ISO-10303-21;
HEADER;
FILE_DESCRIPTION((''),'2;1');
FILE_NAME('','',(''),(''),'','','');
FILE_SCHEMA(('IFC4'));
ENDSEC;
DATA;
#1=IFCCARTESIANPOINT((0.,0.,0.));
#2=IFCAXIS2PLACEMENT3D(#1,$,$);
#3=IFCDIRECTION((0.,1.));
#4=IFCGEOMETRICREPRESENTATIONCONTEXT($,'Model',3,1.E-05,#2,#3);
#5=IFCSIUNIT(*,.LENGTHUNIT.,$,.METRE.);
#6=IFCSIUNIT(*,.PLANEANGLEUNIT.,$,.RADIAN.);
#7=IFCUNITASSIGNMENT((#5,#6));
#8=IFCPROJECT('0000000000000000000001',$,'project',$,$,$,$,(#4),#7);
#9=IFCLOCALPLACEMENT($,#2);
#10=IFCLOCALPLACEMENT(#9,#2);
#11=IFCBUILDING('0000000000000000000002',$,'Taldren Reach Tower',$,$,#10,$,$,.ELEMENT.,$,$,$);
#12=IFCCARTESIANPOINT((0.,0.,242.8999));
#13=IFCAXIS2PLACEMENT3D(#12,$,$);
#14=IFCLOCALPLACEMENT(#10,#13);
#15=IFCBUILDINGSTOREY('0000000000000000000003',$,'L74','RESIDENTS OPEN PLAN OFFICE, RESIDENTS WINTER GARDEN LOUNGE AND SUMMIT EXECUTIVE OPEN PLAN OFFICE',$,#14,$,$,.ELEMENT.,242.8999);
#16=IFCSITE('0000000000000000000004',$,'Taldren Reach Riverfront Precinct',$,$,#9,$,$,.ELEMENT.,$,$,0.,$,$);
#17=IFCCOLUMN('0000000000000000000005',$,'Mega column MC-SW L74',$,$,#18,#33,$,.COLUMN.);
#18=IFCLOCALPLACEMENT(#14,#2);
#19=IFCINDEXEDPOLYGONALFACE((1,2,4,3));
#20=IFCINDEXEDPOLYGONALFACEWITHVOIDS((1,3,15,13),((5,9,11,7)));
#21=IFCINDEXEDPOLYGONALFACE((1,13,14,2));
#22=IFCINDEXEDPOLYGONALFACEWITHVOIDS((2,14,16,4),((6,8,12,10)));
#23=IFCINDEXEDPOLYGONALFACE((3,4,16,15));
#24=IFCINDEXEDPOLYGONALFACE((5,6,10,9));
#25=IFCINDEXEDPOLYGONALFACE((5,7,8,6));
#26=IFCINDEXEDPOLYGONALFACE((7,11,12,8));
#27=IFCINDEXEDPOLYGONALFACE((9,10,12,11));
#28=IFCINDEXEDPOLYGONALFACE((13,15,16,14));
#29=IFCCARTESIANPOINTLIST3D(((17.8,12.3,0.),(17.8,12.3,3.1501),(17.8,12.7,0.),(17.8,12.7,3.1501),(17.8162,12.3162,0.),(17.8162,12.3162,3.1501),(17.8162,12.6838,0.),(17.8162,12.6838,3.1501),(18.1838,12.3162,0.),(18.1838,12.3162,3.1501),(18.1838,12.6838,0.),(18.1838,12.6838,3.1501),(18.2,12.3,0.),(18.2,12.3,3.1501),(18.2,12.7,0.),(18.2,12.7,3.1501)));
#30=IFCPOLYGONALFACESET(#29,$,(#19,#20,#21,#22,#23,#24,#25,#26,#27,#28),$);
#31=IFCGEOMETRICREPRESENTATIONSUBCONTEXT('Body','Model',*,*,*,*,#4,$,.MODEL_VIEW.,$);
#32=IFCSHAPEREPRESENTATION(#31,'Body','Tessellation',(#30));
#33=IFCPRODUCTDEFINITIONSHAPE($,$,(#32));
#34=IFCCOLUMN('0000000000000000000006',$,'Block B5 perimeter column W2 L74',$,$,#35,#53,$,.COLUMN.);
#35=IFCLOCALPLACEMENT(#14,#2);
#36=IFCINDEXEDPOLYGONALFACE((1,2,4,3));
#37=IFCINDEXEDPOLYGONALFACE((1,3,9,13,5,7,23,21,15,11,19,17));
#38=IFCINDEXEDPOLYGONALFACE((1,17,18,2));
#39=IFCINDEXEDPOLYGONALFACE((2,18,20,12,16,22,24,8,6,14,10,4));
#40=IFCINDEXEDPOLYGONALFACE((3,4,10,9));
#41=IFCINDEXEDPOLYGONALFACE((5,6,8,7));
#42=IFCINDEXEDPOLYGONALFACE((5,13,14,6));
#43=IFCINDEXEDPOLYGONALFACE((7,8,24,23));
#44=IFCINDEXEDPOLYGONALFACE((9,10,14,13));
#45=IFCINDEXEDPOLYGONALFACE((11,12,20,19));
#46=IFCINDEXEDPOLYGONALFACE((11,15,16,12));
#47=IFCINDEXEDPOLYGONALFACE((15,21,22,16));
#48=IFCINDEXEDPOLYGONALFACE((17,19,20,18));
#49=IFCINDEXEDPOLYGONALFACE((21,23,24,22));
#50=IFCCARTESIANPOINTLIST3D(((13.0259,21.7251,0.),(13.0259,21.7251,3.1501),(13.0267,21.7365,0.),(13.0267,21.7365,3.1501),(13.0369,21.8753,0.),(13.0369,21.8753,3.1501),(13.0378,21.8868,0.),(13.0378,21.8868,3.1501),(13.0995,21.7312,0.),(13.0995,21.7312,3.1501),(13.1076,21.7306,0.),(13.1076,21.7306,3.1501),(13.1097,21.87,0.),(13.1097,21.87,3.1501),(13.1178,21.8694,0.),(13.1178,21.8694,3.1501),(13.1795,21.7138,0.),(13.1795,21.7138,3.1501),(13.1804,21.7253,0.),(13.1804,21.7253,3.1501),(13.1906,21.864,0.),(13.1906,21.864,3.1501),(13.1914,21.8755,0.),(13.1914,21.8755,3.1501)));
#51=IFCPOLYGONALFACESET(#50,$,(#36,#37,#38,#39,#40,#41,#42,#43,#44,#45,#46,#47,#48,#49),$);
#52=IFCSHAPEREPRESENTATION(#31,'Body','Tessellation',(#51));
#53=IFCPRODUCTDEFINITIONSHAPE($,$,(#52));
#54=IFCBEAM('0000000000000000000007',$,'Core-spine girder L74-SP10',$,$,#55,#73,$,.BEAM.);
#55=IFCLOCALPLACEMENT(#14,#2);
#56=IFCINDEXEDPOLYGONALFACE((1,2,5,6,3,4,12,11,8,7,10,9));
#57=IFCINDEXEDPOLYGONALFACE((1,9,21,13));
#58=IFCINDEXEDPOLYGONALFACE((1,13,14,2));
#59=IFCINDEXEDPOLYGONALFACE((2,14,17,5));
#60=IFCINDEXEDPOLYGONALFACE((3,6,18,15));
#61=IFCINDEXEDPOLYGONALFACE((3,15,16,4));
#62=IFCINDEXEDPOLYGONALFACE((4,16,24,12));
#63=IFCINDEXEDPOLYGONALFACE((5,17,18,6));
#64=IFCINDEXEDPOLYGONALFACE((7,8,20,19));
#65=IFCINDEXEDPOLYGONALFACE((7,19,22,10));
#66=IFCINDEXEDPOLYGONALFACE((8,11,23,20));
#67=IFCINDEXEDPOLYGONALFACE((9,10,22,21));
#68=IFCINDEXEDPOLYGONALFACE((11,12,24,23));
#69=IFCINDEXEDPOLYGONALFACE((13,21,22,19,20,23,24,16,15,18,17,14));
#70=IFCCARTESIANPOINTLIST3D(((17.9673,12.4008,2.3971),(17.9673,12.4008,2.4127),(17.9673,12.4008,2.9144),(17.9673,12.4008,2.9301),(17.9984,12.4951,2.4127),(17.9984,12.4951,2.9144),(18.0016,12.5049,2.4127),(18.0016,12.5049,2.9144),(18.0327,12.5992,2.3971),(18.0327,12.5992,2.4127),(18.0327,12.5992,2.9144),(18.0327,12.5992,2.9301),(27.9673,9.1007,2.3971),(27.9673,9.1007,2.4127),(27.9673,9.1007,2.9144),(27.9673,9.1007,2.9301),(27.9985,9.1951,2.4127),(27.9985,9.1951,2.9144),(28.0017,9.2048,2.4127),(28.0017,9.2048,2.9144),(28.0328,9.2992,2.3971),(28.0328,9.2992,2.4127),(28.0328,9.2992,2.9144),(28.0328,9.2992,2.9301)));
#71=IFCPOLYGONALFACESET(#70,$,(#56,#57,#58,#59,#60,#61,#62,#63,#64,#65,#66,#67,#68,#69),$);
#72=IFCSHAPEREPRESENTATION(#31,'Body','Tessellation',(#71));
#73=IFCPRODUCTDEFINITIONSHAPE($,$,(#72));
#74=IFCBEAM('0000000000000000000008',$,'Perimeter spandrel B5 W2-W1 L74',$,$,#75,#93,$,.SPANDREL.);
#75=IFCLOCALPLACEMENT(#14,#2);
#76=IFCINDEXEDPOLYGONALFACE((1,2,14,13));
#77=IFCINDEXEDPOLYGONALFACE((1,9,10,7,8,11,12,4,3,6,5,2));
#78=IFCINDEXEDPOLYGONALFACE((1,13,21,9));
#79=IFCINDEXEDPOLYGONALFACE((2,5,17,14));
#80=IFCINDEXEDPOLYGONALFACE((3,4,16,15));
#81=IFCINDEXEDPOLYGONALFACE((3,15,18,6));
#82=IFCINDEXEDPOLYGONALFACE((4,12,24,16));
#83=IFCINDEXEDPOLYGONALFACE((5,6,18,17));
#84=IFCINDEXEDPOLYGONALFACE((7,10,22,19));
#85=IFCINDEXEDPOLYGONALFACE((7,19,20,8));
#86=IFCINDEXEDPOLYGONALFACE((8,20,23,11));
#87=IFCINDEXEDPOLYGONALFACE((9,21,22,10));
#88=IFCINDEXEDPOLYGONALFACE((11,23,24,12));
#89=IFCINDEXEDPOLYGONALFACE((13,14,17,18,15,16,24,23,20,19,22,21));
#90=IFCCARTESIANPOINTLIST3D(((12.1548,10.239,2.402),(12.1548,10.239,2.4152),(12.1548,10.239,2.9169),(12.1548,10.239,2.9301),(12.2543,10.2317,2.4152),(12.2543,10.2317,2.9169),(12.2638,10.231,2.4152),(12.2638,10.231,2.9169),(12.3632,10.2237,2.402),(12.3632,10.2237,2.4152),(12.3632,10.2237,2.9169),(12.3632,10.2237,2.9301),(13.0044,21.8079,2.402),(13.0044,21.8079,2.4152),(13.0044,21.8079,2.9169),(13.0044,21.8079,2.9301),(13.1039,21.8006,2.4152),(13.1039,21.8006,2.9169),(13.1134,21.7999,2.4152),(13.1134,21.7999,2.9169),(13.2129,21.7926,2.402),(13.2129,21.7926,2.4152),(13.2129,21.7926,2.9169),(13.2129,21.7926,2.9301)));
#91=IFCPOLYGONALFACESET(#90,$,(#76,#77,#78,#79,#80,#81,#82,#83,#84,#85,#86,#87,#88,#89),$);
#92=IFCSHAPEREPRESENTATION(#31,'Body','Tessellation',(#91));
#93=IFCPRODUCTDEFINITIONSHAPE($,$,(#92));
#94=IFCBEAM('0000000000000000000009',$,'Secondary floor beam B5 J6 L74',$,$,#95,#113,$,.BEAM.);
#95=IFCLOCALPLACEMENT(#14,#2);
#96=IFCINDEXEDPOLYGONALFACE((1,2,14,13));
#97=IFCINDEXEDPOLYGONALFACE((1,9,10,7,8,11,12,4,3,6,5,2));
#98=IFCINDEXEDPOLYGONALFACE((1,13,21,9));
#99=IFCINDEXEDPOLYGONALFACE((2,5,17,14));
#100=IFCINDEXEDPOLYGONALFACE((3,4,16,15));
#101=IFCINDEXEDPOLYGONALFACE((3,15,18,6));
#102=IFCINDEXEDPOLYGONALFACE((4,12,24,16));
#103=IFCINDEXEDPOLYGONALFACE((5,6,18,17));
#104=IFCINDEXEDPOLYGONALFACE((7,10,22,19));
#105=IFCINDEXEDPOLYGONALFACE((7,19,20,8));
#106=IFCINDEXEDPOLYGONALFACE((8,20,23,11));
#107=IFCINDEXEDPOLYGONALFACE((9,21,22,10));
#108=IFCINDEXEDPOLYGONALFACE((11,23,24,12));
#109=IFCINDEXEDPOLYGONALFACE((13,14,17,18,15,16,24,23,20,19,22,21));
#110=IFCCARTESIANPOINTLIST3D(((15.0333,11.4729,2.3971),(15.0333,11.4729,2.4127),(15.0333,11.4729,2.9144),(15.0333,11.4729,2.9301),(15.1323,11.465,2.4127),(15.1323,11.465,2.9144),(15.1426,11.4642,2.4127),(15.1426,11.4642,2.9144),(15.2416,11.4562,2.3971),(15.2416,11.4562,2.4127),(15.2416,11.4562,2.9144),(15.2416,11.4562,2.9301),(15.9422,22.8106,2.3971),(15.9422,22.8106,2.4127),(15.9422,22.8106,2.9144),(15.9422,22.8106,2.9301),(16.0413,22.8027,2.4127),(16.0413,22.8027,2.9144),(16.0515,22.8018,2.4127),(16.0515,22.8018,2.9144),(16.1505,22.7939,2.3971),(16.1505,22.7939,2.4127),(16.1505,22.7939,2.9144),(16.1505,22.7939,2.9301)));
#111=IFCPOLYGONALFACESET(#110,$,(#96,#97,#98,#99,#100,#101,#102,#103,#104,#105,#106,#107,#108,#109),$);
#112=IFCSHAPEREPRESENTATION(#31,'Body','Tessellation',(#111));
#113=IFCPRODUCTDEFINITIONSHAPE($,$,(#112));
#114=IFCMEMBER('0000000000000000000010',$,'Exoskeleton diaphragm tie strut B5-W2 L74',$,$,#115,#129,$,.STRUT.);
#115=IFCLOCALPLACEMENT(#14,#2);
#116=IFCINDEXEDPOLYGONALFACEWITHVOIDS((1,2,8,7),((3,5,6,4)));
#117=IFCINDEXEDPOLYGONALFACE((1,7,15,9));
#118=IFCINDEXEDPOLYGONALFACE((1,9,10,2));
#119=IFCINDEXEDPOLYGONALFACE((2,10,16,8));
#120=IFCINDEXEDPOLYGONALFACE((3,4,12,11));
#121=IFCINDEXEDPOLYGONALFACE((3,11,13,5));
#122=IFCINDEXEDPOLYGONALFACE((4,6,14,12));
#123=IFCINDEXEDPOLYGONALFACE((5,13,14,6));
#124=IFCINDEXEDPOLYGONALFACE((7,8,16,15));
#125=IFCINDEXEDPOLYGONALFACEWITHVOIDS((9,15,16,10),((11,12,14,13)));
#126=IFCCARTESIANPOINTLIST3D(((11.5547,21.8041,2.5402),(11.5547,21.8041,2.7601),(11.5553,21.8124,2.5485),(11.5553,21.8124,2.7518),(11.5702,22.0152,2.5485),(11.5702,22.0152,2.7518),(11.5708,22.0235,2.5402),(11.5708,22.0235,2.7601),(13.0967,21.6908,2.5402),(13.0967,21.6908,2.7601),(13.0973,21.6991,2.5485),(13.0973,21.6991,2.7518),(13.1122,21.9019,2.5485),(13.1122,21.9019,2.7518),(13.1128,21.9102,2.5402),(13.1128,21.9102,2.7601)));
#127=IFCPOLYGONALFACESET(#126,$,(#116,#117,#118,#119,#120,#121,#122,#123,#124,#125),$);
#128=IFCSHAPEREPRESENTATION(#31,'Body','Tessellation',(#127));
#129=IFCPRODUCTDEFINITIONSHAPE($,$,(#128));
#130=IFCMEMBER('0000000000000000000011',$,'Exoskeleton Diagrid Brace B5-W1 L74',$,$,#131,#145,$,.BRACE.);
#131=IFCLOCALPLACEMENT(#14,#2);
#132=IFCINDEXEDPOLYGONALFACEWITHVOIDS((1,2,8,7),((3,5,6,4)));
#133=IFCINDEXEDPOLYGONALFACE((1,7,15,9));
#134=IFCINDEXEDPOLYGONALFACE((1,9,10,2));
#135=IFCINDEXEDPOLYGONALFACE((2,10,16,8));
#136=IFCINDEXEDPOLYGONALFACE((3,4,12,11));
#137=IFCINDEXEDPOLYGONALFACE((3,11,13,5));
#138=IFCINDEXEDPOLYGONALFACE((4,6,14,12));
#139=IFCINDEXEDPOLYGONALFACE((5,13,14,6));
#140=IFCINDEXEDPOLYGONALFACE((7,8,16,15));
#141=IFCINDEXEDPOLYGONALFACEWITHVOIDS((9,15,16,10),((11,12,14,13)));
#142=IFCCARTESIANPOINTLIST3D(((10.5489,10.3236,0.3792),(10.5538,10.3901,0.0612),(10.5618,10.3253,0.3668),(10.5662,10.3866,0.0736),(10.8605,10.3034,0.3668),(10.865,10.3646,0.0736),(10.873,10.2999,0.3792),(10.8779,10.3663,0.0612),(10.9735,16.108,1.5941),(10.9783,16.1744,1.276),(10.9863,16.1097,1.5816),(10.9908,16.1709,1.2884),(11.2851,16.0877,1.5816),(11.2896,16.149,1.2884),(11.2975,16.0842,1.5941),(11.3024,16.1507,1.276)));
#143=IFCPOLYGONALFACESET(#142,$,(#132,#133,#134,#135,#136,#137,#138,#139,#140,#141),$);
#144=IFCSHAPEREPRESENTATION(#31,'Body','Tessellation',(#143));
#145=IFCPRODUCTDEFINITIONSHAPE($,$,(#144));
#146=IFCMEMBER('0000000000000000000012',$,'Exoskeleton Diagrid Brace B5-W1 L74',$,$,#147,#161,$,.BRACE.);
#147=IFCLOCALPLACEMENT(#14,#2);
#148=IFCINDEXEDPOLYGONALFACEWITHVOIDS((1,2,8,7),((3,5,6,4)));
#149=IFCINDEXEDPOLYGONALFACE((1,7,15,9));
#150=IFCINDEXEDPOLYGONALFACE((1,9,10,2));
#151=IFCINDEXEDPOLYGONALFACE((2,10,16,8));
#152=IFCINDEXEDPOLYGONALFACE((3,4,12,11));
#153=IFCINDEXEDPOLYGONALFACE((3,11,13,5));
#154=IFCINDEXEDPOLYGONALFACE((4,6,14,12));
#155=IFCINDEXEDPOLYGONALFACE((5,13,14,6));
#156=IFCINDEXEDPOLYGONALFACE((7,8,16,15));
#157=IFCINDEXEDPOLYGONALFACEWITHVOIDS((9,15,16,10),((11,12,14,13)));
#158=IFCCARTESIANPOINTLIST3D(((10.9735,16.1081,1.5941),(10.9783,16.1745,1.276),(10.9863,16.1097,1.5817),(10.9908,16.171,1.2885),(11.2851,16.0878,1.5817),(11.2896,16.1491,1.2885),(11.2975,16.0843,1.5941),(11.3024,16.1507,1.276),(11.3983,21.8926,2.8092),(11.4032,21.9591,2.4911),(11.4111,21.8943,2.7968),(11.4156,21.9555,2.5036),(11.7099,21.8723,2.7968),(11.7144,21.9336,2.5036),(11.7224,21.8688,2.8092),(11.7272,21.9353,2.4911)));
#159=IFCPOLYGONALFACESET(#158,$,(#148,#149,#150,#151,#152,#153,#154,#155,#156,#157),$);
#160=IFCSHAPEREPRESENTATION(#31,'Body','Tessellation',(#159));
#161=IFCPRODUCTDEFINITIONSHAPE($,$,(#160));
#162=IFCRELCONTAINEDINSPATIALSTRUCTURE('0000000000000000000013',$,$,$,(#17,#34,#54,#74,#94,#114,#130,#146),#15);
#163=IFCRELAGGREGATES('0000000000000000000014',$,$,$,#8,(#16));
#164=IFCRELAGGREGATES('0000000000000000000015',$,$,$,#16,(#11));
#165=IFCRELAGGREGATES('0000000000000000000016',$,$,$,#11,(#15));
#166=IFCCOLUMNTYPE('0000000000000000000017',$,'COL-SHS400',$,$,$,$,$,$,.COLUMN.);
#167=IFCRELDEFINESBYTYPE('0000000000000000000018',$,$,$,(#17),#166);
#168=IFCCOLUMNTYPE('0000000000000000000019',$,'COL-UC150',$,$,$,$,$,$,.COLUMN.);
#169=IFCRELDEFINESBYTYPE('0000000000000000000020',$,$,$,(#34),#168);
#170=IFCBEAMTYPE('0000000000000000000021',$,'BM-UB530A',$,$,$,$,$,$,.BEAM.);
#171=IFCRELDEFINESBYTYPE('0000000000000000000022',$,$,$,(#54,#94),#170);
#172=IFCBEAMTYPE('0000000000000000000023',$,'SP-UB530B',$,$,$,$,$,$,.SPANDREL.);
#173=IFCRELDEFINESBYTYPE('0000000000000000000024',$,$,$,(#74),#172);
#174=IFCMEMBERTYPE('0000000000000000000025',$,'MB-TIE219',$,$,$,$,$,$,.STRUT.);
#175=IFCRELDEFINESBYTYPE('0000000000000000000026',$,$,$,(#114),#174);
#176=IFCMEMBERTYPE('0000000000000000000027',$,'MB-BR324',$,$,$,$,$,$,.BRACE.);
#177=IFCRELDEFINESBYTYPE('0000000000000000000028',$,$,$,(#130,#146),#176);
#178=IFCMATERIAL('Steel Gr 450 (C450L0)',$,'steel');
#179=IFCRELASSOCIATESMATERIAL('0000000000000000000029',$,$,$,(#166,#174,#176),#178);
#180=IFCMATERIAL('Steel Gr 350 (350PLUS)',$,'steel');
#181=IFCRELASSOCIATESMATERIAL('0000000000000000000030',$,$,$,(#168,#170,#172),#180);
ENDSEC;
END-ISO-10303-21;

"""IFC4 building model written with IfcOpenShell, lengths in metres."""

from ifc_helpers import new_model, si_unit, direction, frame, origin, origin_2d, place, context, subcontext, project, spatial, hollow_rectangle, i_section, extrude, source, transform, mapped, material, material_profile, profile_set, type_object, element, save


model = new_model("IFC4")

# Units and contexts
model_context = context("Model", 3, precision=1e-05, world=origin(), true_north=direction((0.0, 1.0)))
body_context = subcontext(model_context, "Body", "Model", "MODEL_VIEW")
ifc_project = project(units=[si_unit("LENGTHUNIT", "METRE"), si_unit("PLANEANGLEUNIT", "RADIAN")], contexts=[model_context])

# Site, building, storey
site_placement = place(None, origin())
site = spatial("IfcSite", under=ifc_project, at=site_placement, Name="Taldren Reach Riverfront Precinct", CompositionType="ELEMENT", RefElevation=0.0)
building_placement = place(site_placement, origin())
building = spatial("IfcBuilding", under=site, at=building_placement, Name="Taldren Reach Tower", CompositionType="ELEMENT")
storey_placement = place(building_placement, frame((0.0, 0.0, 242.8999)))
storey = spatial("IfcBuildingStorey", under=building, at=storey_placement, Name="L74", Description="RESIDENTS OPEN PLAN OFFICE, RESIDENTS WINTER GARDEN LOUNGE AND SUMMIT EXECUTIVE OPEN PLAN OFFICE", CompositionType="ELEMENT", Elevation=242.8999)

# Columns
ifc_material_1 = material(Name="Steel Gr 450 (C450L0)", Category="steel")
ifc_material_profile_1 = material_profile(ifc_material_1, hollow_rectangle(XDim=0.3999, YDim=0.3999, WallThickness=0.0161, at=origin_2d()), Name="400x400x16.0SHS")
ifc_profile_set_1 = profile_set([ifc_material_profile_1], Name="Steel Gr 450 (C450L0)")
column_type_1 = type_object("IfcColumnType", Name="COL-SHS400", PredefinedType="COLUMN", material=ifc_profile_set_1)
shared_shape_1 = source(origin(), body_context, "Body", "SweptSolid", [
    extrude(hollow_rectangle(XDim=0.3999, YDim=0.3999, WallThickness=0.0161, at=origin_2d()), origin(), (0.0, 0.0, 1.0), 3.1501),
])
column_1_placement = place(storey_placement, frame((18.0, 12.5, 0.0), z_axis=(0.0, 0.0, 1.0), x_axis=(1.0, 0.0, 0.0)))
element("IfcColumn", 1, at=column_1_placement, inside=storey, type_object=column_type_1, Name="Mega column MC-SW L74", PredefinedType="COLUMN", context=body_context, shape_type="MappedRepresentation", body=[
    mapped(shared_shape_1, transform((0.0, 0.0, 0.0), scale=1.0)),
])
ifc_material_2 = material(Name="Steel Gr 350 (350PLUS)", Category="steel")
ifc_material_profile_2 = material_profile(ifc_material_2, i_section(OverallWidth=0.1541, OverallDepth=0.1621, WebThickness=0.0081, FlangeThickness=0.0115, at=origin_2d()), Name="150UC37.2")
ifc_profile_set_2 = profile_set([ifc_material_profile_2], Name="Steel Gr 350 (350PLUS)")
column_type_2 = type_object("IfcColumnType", Name="COL-UC150", PredefinedType="COLUMN", material=ifc_profile_set_2)
shared_shape_2 = source(origin(), body_context, "Body", "SweptSolid", [
    extrude(i_section(OverallWidth=0.1541, OverallDepth=0.1621, WebThickness=0.0081, FlangeThickness=0.0115, at=origin_2d()), origin(), (0.0, 0.0, 1.0), 3.1501),
])
column_2_placement = place(storey_placement, frame((13.1086, 21.8003, 0.0), z_axis=(0.0, 0.0, 1.0), x_axis=(0.997314, -0.073238, 0.0)))
element("IfcColumn", 2, at=column_2_placement, inside=storey, type_object=column_type_2, Name="Block B5 perimeter column W2 L74", PredefinedType="COLUMN", context=body_context, shape_type="MappedRepresentation", body=[
    mapped(shared_shape_2, transform((0.0, 0.0, 0.0), scale=1.0)),
])

# Beams
ifc_material_profile_3 = material_profile(ifc_material_2, i_section(OverallWidth=0.209, OverallDepth=0.533, WebThickness=0.0103, FlangeThickness=0.0156, at=origin_2d()), Name="530UB92.4")
ifc_profile_set_3 = profile_set([ifc_material_profile_3], Name="Steel Gr 350 (350PLUS)")
beam_type_1 = type_object("IfcBeamType", Name="BM-UB530A", PredefinedType="BEAM", material=ifc_profile_set_3)
shared_shape_3 = source(origin(), body_context, "Body", "SweptSolid", [
    extrude(i_section(OverallWidth=0.209, OverallDepth=0.533, WebThickness=0.0103, FlangeThickness=0.0156, at=origin_2d()), origin(), (0.0, 0.0, 1.0), 10.5305),
])
beam_1_placement = place(storey_placement, frame((18.0, 12.5, 2.6636), z_axis=(0.949627, -0.313382, 0.0), x_axis=(0.313382, 0.949627, 0.0)))
element("IfcBeam", 3, at=beam_1_placement, inside=storey, type_object=beam_type_1, Name="Core-spine girder L74-SP10", PredefinedType="BEAM", context=body_context, shape_type="MappedRepresentation", body=[
    mapped(shared_shape_3, transform((0.0, 0.0, 0.0), scale=1.0)),
])
ifc_material_profile_4 = material_profile(ifc_material_2, i_section(OverallWidth=0.209, OverallDepth=0.5281, WebThickness=0.0095, FlangeThickness=0.0132, at=origin_2d()), Name="530UB82.0")
ifc_profile_set_4 = profile_set([ifc_material_profile_4], Name="Steel Gr 350 (350PLUS)")
beam_type_2 = type_object("IfcBeamType", Name="SP-UB530B", PredefinedType="SPANDREL", material=ifc_profile_set_4)
shared_shape_4 = source(origin(), body_context, "Body", "SweptSolid", [
    extrude(i_section(OverallWidth=0.209, OverallDepth=0.5281, WebThickness=0.0095, FlangeThickness=0.0132, at=origin_2d()), origin(), (0.0, 0.0, 1.0), 11.6001),
])
beam_2_placement = place(storey_placement, frame((13.1086, 21.8003, 2.666), z_axis=(-0.073242, -0.997314, 0.0), x_axis=(0.997314, -0.073242, 0.0)))
element("IfcBeam", 4, at=beam_2_placement, inside=storey, type_object=beam_type_2, Name="Perimeter spandrel B5 W2-W1 L74", PredefinedType="SPANDREL", context=body_context, shape_type="MappedRepresentation", body=[
    mapped(shared_shape_4, transform((0.0, 0.0, 0.0), scale=1.0)),
])
shared_shape_5 = source(origin(), body_context, "Body", "SweptSolid", [
    extrude(i_section(OverallWidth=0.209, OverallDepth=0.533, WebThickness=0.0103, FlangeThickness=0.0156, at=origin_2d()), origin(), (0.0, 0.0, 1.0), 11.374),
])
beam_3_placement = place(storey_placement, frame((15.1375, 11.4646, 2.6636), z_axis=(0.079913, 0.996802, 0.0), x_axis=(-0.996802, 0.079913, 0.0)))
element("IfcBeam", 5, at=beam_3_placement, inside=storey, type_object=beam_type_1, Name="Secondary floor beam B5 J6 L74", PredefinedType="BEAM", context=body_context, shape_type="MappedRepresentation", body=[
    mapped(shared_shape_5, transform((0.0, 0.0, 0.0), scale=1.0)),
])

# Members
ifc_material_profile_5 = material_profile(ifc_material_1, hollow_rectangle(XDim=0.22, YDim=0.22, WallThickness=0.0083, at=origin_2d()), Name="220x220x8.2SHS")
ifc_profile_set_5 = profile_set([ifc_material_profile_5], Name="Steel Gr 450 (C450L0)")
member_type_1 = type_object("IfcMemberType", Name="MB-TIE219", PredefinedType="STRUT", material=ifc_profile_set_5)
shared_shape_6 = source(origin(), body_context, "Body", "SweptSolid", [
    extrude(hollow_rectangle(XDim=0.22, YDim=0.22, WallThickness=0.0083, at=origin_2d()), origin(), (0.0, 0.0, 1.0), 1.5461),
])
member_1_placement = place(storey_placement, frame((13.1047, 21.8005, 2.6501), z_axis=(-0.997312, 0.073267, 0.0), x_axis=(-0.073267, -0.997312, 0.0)))
element("IfcMember", 6, at=member_1_placement, inside=storey, type_object=member_type_1, Name="Exoskeleton diaphragm tie strut B5-W2 L74", PredefinedType="STRUT", context=body_context, shape_type="MappedRepresentation", body=[
    mapped(shared_shape_6, transform((0.0, 0.0, 0.0), scale=1.0)),
])
ifc_material_profile_6 = material_profile(ifc_material_1, hollow_rectangle(XDim=0.325, YDim=0.325, WallThickness=0.0127, at=origin_2d()), Name="325x325x12.7SHS")
ifc_profile_set_6 = profile_set([ifc_material_profile_6], Name="Steel Gr 450 (C450L0)")
member_type_2 = type_object("IfcMemberType", Name="MB-BR324", PredefinedType="BRACE", material=ifc_profile_set_6)
shared_shape_7 = source(origin(), body_context, "Body", "SweptSolid", [
    extrude(hollow_rectangle(XDim=0.325, YDim=0.325, WallThickness=0.0127, at=origin_2d()), origin(), (0.0, 0.0, 1.0), 5.9258),
])
member_2_placement = place(storey_placement, frame((10.7134, 10.345, 0.2202), z_axis=(0.071646, 0.976135, 0.205008), x_axis=(-0.997317, 0.0732, 0.0)))
element("IfcMember", 7, at=member_2_placement, inside=storey, type_object=member_type_2, Name="Exoskeleton Diagrid Brace B5-W1 L74", PredefinedType="BRACE", context=body_context, shape_type="MappedRepresentation", body=[
    mapped(shared_shape_7, transform((0.0, 0.0, 0.0), scale=1.0)),
])
shared_shape_8 = source(origin(), body_context, "Body", "SweptSolid", [
    extrude(hollow_rectangle(XDim=0.325, YDim=0.325, WallThickness=0.0127, at=origin_2d()), origin(), (0.0, 0.0, 1.0), 5.926),
])
member_3_placement = place(storey_placement, frame((11.1379, 16.1294, 1.4351), z_axis=(0.071686, 0.976123, 0.205046), x_axis=(-0.997314, 0.073242, 0.0)))
element("IfcMember", 8, at=member_3_placement, inside=storey, type_object=member_type_2, Name="Exoskeleton Diagrid Brace B5-W1 L74", PredefinedType="BRACE", context=body_context, shape_type="MappedRepresentation", body=[
    mapped(shared_shape_8, transform((0.0, 0.0, 0.0), scale=1.0)),
])

save(model, "model.ifc")
